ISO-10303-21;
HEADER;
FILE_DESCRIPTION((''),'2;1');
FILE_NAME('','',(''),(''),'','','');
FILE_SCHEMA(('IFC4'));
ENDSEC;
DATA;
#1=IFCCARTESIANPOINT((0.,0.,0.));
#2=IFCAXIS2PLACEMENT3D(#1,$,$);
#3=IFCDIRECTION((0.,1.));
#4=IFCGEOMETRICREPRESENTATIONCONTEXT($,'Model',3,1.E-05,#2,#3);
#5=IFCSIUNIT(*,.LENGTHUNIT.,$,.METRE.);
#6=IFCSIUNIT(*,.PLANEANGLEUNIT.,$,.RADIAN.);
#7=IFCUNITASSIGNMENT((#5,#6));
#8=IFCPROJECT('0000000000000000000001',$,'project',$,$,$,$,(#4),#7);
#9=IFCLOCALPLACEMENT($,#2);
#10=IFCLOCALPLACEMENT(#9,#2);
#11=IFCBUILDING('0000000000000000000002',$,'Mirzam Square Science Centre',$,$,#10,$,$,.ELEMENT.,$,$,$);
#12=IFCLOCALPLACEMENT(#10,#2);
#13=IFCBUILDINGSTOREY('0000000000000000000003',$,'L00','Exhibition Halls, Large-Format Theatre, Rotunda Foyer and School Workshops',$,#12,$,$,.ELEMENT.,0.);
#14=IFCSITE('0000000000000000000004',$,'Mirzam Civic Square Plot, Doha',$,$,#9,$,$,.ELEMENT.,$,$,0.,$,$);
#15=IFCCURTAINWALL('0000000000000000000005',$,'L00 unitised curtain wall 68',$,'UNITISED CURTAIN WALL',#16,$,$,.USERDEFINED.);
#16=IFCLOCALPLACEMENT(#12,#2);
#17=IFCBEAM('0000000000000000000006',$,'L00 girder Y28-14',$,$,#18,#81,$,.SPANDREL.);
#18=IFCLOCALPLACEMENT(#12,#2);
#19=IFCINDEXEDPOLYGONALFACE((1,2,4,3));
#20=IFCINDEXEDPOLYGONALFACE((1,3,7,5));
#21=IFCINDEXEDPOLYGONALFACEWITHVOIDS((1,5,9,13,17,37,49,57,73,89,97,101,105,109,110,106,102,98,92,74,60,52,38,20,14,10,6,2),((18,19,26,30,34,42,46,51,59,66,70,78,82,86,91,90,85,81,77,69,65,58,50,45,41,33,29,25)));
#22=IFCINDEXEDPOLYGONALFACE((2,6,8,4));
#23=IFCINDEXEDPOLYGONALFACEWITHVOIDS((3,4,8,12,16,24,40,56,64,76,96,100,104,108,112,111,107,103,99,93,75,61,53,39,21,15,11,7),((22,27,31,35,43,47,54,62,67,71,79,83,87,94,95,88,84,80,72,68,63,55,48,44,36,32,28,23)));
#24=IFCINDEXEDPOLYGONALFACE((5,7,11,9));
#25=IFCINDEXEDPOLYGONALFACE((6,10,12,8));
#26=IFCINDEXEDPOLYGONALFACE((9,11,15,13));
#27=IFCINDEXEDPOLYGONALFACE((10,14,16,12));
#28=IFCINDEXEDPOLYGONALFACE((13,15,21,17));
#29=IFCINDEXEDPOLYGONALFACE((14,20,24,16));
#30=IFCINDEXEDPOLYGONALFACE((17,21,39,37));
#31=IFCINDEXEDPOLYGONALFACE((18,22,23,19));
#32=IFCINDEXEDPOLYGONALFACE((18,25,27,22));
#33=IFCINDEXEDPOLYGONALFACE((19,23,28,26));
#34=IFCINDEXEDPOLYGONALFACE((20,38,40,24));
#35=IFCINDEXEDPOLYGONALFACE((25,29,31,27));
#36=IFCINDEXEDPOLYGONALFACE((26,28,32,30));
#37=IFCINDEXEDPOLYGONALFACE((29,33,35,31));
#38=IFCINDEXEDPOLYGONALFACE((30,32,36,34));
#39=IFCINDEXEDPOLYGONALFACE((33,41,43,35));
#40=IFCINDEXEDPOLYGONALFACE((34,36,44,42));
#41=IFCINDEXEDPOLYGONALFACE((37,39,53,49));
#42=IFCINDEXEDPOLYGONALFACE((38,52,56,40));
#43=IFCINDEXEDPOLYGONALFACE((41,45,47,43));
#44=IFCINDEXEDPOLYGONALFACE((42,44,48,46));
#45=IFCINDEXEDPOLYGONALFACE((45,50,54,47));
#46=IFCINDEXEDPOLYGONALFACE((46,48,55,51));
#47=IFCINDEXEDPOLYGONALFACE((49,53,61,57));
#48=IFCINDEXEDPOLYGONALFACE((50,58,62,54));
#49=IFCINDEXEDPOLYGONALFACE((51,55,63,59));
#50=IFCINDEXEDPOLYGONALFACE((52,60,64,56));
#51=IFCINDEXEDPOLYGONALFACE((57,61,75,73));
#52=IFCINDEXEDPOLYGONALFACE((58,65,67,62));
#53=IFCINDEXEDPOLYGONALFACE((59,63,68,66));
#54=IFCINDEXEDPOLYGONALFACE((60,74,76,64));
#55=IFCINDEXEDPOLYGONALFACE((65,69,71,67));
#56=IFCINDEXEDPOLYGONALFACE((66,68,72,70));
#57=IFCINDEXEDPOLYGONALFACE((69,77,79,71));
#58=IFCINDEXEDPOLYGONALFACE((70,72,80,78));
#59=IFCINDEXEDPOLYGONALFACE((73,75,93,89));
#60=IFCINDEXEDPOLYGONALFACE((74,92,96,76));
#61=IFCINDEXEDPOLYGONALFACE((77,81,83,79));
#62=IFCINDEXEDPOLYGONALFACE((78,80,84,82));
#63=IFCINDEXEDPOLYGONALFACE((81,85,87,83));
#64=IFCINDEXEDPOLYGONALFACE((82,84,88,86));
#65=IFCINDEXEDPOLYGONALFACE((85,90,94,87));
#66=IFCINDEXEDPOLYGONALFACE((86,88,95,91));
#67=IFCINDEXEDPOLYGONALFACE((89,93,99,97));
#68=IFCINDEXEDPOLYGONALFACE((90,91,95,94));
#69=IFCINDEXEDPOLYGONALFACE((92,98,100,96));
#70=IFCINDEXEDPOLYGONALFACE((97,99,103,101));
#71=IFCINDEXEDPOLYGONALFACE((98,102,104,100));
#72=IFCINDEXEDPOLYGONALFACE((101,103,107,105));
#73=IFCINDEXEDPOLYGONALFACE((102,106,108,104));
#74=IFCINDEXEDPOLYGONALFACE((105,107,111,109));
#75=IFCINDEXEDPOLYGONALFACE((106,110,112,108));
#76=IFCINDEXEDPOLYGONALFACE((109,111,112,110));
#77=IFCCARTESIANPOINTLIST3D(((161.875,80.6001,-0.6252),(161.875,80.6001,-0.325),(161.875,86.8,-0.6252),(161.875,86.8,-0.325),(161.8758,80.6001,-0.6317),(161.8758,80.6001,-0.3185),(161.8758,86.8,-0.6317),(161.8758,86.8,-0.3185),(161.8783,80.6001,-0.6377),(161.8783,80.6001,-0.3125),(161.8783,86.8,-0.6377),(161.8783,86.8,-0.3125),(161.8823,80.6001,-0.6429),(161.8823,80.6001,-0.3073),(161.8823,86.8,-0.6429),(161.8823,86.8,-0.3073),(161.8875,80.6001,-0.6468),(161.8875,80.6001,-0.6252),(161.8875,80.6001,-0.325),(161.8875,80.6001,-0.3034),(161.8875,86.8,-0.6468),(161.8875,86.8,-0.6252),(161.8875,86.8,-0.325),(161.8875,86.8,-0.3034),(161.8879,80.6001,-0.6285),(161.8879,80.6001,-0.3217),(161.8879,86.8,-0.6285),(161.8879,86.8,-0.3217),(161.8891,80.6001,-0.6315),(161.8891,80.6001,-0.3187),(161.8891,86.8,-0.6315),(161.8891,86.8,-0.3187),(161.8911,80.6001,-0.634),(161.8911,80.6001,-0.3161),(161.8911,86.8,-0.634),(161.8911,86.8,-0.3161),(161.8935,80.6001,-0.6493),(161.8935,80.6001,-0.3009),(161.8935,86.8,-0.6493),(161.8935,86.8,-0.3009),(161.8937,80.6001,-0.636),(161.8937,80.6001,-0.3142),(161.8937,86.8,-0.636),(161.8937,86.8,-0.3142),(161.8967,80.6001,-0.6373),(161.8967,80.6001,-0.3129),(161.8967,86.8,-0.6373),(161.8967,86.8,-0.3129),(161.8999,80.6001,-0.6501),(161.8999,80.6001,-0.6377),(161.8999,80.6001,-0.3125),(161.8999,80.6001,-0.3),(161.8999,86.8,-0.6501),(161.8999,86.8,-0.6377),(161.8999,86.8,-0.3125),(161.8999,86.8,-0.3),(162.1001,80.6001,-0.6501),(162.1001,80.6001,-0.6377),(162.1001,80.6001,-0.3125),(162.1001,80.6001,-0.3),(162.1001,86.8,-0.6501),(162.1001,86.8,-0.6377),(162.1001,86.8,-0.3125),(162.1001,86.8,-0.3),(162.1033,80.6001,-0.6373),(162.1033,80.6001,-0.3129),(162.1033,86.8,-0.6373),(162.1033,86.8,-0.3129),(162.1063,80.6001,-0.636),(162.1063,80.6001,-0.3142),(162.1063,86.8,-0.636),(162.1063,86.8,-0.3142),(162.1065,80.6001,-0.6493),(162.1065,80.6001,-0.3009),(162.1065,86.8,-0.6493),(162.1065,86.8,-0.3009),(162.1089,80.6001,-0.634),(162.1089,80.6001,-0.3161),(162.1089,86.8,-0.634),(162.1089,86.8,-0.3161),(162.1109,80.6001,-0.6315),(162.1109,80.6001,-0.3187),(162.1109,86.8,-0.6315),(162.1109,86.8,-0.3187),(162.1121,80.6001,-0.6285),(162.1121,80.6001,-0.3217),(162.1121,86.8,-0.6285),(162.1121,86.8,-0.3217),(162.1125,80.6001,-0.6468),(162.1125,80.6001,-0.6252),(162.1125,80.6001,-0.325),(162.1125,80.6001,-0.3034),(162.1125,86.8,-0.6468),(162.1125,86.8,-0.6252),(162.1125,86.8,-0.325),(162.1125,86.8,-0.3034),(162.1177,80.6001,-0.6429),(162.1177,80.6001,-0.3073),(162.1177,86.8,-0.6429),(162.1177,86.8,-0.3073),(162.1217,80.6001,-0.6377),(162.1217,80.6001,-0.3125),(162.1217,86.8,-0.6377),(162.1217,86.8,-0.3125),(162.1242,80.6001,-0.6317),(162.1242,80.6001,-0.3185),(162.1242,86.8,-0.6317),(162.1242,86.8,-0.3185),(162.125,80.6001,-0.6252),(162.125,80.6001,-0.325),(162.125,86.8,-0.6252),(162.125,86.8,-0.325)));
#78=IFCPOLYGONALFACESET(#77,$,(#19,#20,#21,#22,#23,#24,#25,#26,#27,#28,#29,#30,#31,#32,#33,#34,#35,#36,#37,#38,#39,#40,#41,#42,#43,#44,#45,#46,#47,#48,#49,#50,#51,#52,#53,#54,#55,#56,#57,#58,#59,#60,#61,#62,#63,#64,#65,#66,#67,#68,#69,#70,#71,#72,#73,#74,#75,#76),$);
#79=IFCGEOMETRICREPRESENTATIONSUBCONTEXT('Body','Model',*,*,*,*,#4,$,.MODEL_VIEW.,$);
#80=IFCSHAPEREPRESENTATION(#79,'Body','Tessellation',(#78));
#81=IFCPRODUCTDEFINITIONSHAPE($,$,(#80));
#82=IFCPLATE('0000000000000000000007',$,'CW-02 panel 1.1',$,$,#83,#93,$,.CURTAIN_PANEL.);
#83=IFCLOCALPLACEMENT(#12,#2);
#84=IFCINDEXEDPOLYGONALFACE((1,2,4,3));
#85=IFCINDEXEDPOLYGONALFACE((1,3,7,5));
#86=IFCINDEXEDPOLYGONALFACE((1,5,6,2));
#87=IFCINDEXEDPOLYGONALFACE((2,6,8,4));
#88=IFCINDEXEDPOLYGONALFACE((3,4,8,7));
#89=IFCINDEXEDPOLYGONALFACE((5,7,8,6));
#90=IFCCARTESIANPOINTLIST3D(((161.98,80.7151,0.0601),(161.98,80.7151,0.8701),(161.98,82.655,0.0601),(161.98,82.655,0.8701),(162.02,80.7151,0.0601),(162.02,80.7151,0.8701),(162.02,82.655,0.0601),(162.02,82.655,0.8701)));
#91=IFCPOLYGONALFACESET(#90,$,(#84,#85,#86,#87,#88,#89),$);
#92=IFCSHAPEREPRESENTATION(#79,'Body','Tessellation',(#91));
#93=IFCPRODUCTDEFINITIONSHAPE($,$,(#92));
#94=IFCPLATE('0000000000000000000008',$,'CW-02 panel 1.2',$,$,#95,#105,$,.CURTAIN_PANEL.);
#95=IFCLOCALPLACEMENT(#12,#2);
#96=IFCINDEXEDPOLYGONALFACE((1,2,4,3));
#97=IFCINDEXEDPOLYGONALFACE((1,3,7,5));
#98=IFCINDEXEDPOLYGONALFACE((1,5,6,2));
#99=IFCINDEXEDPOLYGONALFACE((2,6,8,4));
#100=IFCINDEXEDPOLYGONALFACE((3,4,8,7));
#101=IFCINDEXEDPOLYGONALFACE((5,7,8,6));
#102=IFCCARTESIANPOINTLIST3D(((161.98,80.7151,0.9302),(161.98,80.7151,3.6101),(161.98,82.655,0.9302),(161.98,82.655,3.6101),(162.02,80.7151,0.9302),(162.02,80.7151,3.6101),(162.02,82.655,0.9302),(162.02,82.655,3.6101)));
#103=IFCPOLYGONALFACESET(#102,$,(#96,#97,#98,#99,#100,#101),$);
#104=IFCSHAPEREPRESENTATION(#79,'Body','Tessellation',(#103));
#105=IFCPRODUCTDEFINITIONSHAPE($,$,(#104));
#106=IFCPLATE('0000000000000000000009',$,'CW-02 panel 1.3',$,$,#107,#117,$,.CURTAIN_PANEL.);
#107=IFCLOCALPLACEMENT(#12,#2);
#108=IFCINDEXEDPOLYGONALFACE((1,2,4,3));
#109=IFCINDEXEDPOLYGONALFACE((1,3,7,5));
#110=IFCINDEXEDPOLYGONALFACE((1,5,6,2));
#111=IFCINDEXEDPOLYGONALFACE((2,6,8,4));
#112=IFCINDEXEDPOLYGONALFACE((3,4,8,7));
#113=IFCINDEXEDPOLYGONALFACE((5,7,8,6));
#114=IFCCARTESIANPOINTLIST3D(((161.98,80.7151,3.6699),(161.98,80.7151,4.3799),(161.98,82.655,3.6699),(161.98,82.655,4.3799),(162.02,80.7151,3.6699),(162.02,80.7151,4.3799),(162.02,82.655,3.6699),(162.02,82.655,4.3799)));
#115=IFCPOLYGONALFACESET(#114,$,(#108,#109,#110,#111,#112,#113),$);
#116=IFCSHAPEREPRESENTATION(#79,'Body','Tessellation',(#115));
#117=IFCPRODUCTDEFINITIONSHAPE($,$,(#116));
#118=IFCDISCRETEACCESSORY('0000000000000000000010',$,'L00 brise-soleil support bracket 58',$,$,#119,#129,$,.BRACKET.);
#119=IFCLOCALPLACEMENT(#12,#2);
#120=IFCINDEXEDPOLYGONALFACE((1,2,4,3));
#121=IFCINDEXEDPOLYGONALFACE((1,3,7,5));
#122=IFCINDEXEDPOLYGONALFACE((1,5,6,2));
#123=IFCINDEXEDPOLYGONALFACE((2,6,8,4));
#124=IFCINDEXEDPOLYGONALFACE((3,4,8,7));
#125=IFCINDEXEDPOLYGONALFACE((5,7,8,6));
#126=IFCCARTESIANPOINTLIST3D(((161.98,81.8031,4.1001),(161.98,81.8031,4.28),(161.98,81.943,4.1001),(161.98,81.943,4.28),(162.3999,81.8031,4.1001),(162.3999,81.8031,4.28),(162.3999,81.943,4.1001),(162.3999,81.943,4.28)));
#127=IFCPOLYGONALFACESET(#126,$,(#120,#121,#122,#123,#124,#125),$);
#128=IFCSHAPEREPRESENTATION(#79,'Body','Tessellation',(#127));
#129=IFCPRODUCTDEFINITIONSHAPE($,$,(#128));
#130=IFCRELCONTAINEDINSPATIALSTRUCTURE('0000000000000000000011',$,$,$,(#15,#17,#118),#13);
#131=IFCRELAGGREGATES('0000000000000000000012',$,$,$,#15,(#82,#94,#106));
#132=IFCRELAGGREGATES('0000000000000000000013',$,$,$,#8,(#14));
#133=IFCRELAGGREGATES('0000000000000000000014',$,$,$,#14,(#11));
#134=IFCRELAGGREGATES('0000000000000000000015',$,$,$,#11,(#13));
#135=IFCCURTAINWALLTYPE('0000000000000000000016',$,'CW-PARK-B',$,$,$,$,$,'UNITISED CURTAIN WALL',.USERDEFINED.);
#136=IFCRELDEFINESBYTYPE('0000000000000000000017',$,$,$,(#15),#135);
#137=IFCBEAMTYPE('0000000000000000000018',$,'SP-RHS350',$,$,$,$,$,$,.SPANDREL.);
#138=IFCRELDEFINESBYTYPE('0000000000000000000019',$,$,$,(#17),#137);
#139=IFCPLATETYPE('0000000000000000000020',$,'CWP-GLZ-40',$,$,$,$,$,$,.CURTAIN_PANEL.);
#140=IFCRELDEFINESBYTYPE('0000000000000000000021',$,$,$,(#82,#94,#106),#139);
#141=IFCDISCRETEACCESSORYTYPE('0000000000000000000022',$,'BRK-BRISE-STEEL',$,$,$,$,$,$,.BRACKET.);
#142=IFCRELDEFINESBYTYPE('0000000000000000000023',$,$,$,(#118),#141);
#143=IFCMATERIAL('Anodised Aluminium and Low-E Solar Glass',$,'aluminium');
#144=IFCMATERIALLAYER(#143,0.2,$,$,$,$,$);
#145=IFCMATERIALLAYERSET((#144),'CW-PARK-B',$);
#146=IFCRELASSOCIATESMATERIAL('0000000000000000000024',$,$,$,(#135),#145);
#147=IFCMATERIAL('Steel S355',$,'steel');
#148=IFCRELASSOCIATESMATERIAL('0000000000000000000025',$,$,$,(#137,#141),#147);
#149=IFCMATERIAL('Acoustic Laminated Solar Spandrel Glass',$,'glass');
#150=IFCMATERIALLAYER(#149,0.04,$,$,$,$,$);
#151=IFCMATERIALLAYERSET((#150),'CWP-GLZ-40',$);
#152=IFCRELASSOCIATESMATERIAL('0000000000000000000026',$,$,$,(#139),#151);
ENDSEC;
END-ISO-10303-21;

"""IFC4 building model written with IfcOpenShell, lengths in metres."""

from ifc_helpers import new_model, si_unit, direction, frame, origin, origin_2d, place, context, subcontext, project, spatial, rectangle, hollow_rectangle, extrude, material, layer, layer_set, material_profile, profile_set, type_object, element, aggregate, save


model = new_model("IFC4")

# Units and contexts
model_context = context("Model", 3, precision=1e-05, world=origin(), true_north=direction((0.0, 1.0)))
body_context = subcontext(model_context, "Body", "Model", "MODEL_VIEW")
ifc_project = project(units=[si_unit("LENGTHUNIT", "METRE"), si_unit("PLANEANGLEUNIT", "RADIAN")], contexts=[model_context])

# Site, building, storey
site_placement = place(None, origin())
site = spatial("IfcSite", under=ifc_project, at=site_placement, Name="Mirzam Civic Square Plot, Doha", CompositionType="ELEMENT", RefElevation=0.0)
building_placement = place(site_placement, origin())
building = spatial("IfcBuilding", under=site, at=building_placement, Name="Mirzam Square Science Centre", CompositionType="ELEMENT")
storey_placement = place(building_placement, origin())
storey = spatial("IfcBuildingStorey", under=building, at=storey_placement, Name="L00", Description="Exhibition Halls, Large-Format Theatre, Rotunda Foyer and School Workshops", CompositionType="ELEMENT", Elevation=0.0)

# Shared definitions
ifc_material_1 = material(Name="Steel S355", Category="steel")

# Curtain wall
ifc_material_2 = material(Name="Anodised Aluminium and Low-E Solar Glass", Category="aluminium")
ifc_layer_1 = layer(ifc_material_2, 0.2)
ifc_layer_set_1 = layer_set([ifc_layer_1], Name="CW-PARK-B")
curtain_wall_type = type_object("IfcCurtainWallType", Name="CW-PARK-B", ElementType="UNITISED CURTAIN WALL", PredefinedType="USERDEFINED", material=ifc_layer_set_1)
curtain_wall_placement = place(storey_placement, origin())
curtain_wall = element("IfcCurtainWall", 1, at=curtain_wall_placement, inside=storey, type_object=curtain_wall_type, Name="L00 unitised curtain wall 68", ObjectType="UNITISED CURTAIN WALL", PredefinedType="USERDEFINED")

# Beam
ifc_material_profile_1 = material_profile(ifc_material_1, hollow_rectangle(XDim=0.25, YDim=0.3501, WallThickness=0.0125, InnerFilletRadius=0.0125, OuterFilletRadius=0.0249, at=origin_2d()), Name="350x250x12.5RHS")
ifc_profile_set_1 = profile_set([ifc_material_profile_1], Name="Steel S355")
beam_type_1 = type_object("IfcBeamType", Name="SP-RHS350", PredefinedType="SPANDREL", material=ifc_profile_set_1)
beam_1_placement = place(storey_placement, frame((162.0, 80.6001, -0.4751), z_axis=(0.0, 1.0, 0.0), x_axis=(-1.0, 0.0, 0.0)))
element("IfcBeam", 2, at=beam_1_placement, inside=storey, type_object=beam_type_1, Name="L00 girder Y28-14", PredefinedType="SPANDREL", context=body_context, shape_type="SweptSolid", body=[
    extrude(hollow_rectangle(XDim=0.25, YDim=0.3501, WallThickness=0.0125, InnerFilletRadius=0.0125, OuterFilletRadius=0.0249, at=origin_2d()), origin(), (0.0, 0.0, 1.0), 6.2),
])

# Plates
ifc_material_3 = material(Name="Acoustic Laminated Solar Spandrel Glass", Category="glass")
ifc_layer_2 = layer(ifc_material_3, 0.04)
ifc_layer_set_2 = layer_set([ifc_layer_2], Name="CWP-GLZ-40")
plate_type = type_object("IfcPlateType", Name="CWP-GLZ-40", PredefinedType="CURTAIN_PANEL", material=ifc_layer_set_2)
plate_1_placement = place(storey_placement, frame((162.0, 81.6851, 0.0601), z_axis=(0.0, 0.0, 1.0), x_axis=(0.0, 1.0, 0.0)))
plate_1 = element("IfcPlate", 3, at=plate_1_placement, type_object=plate_type, Name="CW-02 panel 1.1", PredefinedType="CURTAIN_PANEL", context=body_context, shape_type="SweptSolid", body=[
    extrude(rectangle(XDim=1.9399, YDim=0.04, at=origin_2d()), origin(), (0.0, 0.0, 1.0), 0.8101),
])
plate_2_placement = place(storey_placement, frame((162.0, 81.6851, 0.9302), z_axis=(0.0, 0.0, 1.0), x_axis=(0.0, 1.0, 0.0)))
plate_2 = element("IfcPlate", 4, at=plate_2_placement, type_object=plate_type, Name="CW-02 panel 1.2", PredefinedType="CURTAIN_PANEL", context=body_context, shape_type="SweptSolid", body=[
    extrude(rectangle(XDim=1.9399, YDim=0.04, at=origin_2d()), origin(), (0.0, 0.0, 1.0), 2.6799),
])
plate_3_placement = place(storey_placement, frame((162.0, 81.6851, 3.6699), z_axis=(0.0, 0.0, 1.0), x_axis=(0.0, 1.0, 0.0)))
plate_3 = element("IfcPlate", 5, at=plate_3_placement, type_object=plate_type, Name="CW-02 panel 1.3", PredefinedType="CURTAIN_PANEL", context=body_context, shape_type="SweptSolid", body=[
    extrude(rectangle(XDim=1.9399, YDim=0.04, at=origin_2d()), origin(), (0.0, 0.0, 1.0), 0.71),
])
aggregate(curtain_wall, [plate_1, plate_2, plate_3])

# Discrete accessory
discrete_accessory_type = type_object("IfcDiscreteAccessoryType", Name="BRK-BRISE-STEEL", PredefinedType="BRACKET", material=ifc_material_1)
discrete_accessory_placement = place(storey_placement, frame((162.1899, 81.873, 4.1001), z_axis=(0.0, 0.0, 1.0), x_axis=(0.0, 1.0, 0.0)))
element("IfcDiscreteAccessory", 6, at=discrete_accessory_placement, inside=storey, type_object=discrete_accessory_type, Name="L00 brise-soleil support bracket 58", PredefinedType="BRACKET", context=body_context, shape_type="SweptSolid", body=[
    extrude(rectangle(XDim=0.1399, YDim=0.4199, at=origin_2d()), origin(), (0.0, 0.0, 1.0), 0.1799),
])

save(model, "model.ifc")
